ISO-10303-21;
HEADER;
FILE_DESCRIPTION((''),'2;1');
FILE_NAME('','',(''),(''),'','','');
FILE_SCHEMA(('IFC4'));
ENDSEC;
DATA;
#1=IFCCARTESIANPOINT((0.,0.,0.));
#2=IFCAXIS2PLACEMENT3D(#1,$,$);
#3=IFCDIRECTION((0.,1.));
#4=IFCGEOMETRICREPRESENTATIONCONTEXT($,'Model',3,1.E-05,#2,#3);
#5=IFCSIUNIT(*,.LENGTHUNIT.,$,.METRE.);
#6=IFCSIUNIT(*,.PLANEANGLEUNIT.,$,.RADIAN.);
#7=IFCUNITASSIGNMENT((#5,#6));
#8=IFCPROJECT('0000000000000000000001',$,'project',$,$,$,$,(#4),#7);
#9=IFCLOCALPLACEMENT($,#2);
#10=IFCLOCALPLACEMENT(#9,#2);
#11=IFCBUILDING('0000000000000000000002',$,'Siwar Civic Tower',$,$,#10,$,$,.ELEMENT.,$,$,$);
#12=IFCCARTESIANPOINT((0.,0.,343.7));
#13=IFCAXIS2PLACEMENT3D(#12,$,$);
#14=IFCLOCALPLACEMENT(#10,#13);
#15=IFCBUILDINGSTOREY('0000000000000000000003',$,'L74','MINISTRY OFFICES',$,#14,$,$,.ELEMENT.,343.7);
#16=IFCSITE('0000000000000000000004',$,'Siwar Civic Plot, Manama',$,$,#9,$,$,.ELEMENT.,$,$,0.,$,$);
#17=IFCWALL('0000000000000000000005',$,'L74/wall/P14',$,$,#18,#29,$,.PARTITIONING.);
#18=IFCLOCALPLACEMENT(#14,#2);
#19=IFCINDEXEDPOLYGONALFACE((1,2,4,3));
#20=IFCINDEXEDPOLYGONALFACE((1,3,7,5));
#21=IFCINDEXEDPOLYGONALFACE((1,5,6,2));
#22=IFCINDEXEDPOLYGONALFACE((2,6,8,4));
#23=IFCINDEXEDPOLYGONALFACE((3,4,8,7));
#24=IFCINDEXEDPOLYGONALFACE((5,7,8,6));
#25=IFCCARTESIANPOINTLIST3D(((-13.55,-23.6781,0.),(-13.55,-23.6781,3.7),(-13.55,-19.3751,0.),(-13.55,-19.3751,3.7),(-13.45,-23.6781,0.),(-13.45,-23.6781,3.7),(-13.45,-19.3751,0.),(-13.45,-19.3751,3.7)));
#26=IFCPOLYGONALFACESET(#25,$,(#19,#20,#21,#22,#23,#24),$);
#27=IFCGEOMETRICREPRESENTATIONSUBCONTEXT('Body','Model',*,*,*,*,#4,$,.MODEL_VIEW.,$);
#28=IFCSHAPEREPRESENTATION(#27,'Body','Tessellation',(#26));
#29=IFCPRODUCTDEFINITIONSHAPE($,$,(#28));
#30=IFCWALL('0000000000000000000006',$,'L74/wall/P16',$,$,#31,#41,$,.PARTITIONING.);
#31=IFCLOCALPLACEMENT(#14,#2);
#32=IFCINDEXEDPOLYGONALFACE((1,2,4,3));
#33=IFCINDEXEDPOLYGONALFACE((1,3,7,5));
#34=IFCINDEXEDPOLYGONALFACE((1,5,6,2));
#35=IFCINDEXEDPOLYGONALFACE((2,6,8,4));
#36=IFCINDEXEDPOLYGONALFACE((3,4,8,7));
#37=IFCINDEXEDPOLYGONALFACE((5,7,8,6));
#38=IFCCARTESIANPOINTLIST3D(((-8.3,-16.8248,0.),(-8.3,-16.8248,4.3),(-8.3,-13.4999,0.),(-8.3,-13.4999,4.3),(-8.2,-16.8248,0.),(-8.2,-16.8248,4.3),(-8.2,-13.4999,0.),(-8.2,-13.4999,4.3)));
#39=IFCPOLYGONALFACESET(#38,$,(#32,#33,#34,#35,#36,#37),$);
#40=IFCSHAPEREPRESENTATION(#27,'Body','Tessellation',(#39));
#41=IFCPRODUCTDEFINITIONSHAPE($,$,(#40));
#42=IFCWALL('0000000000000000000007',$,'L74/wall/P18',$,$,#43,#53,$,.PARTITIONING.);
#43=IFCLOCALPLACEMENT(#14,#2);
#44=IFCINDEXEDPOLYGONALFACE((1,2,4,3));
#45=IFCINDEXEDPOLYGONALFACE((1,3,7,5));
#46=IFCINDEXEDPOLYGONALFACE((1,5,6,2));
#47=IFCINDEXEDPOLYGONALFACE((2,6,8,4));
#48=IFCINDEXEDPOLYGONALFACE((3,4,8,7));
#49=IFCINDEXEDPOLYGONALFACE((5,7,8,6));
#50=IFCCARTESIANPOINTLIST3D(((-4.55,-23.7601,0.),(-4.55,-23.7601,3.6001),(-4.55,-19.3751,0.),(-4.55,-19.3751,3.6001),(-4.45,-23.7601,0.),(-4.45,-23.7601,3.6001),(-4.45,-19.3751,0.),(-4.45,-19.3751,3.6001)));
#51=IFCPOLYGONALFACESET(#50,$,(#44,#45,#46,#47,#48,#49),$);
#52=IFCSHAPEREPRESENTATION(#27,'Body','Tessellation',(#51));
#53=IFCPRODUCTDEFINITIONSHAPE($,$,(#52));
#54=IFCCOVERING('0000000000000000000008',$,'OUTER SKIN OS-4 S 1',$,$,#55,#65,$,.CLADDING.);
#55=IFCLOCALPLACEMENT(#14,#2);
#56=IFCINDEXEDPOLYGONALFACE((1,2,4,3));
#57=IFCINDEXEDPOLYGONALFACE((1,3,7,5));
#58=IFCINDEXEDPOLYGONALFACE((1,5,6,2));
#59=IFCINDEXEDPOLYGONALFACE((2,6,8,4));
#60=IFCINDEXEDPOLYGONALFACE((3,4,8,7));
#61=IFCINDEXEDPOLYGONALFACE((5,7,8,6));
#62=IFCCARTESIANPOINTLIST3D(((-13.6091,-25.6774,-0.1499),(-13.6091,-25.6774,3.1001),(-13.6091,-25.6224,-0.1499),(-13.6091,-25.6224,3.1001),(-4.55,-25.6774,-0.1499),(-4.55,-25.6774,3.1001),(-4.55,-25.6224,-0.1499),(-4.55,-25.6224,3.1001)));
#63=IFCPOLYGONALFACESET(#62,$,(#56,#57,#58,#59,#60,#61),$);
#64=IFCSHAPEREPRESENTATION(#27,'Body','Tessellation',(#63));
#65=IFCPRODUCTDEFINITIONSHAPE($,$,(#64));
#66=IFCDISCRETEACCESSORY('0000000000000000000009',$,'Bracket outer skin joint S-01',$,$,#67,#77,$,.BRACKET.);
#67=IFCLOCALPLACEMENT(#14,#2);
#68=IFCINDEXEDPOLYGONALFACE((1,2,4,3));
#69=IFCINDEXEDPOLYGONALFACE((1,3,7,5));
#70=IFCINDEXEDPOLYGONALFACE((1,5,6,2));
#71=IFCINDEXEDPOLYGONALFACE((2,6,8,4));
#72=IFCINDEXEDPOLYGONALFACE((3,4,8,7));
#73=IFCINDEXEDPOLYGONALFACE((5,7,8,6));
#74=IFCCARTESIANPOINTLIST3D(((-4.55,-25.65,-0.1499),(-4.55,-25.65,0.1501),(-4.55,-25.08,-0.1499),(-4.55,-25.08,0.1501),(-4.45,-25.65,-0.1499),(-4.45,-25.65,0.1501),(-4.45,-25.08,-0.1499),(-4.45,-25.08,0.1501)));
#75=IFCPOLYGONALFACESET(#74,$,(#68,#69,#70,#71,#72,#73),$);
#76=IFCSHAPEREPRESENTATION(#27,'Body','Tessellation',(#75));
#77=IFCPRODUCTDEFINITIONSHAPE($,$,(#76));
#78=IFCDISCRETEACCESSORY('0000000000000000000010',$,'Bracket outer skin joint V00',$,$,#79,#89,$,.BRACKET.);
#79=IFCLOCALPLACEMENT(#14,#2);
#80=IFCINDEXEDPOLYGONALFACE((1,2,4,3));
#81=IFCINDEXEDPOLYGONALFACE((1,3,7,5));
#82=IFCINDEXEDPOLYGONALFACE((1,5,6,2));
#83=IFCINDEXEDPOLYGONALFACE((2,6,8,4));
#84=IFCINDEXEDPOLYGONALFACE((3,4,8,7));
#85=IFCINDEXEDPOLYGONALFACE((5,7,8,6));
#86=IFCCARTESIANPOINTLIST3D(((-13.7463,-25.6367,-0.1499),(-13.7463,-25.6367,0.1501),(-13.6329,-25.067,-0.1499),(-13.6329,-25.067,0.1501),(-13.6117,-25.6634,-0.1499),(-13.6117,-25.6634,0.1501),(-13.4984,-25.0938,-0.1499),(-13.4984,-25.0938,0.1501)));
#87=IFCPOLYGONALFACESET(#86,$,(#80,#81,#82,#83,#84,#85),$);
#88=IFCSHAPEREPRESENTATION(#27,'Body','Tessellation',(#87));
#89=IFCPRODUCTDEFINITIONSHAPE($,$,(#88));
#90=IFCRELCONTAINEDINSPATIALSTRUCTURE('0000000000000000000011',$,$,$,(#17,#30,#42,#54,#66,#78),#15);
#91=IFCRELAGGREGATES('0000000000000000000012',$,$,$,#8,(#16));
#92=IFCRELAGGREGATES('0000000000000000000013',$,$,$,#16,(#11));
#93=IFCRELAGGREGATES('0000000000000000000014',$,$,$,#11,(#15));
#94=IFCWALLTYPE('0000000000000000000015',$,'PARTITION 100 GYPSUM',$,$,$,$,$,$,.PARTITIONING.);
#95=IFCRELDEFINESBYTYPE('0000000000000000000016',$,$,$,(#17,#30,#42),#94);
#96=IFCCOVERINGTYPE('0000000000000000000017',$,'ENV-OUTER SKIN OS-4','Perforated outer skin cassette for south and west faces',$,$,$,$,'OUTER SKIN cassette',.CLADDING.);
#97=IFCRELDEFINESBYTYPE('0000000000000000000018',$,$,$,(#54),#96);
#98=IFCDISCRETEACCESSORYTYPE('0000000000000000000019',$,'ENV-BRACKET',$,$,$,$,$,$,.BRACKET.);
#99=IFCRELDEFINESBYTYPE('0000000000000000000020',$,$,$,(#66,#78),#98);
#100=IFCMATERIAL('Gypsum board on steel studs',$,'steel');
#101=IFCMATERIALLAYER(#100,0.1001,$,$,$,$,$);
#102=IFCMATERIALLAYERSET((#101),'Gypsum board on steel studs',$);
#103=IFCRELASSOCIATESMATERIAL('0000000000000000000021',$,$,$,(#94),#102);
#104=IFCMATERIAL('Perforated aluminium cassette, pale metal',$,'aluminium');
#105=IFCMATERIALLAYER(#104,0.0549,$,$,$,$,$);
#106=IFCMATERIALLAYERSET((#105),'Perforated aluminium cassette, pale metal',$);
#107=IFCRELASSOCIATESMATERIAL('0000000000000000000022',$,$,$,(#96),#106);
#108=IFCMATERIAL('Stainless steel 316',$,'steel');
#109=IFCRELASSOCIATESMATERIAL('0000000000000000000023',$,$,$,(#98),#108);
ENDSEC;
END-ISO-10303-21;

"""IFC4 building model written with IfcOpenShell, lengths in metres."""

from ifc_helpers import new_model, si_unit, direction, frame, frame_2d, origin, origin_2d, place, context, subcontext, project, spatial, rectangle, extrude, material, layer, layer_set, type_object, element, save


model = new_model("IFC4")

# Units and contexts
model_context = context("Model", 3, precision=1e-05, world=origin(), true_north=direction((0.0, 1.0)))
body_context = subcontext(model_context, "Body", "Model", "MODEL_VIEW")
ifc_project = project(units=[si_unit("LENGTHUNIT", "METRE"), si_unit("PLANEANGLEUNIT", "RADIAN")], contexts=[model_context])

# Site, building, storey
site_placement = place(None, origin())
site = spatial("IfcSite", under=ifc_project, at=site_placement, Name="Siwar Civic Plot, Manama", CompositionType="ELEMENT", RefElevation=0.0)
building_placement = place(site_placement, origin())
building = spatial("IfcBuilding", under=site, at=building_placement, Name="Siwar Civic Tower", CompositionType="ELEMENT")
storey_placement = place(building_placement, frame((0.0, 0.0, 343.7)))
storey = spatial("IfcBuildingStorey", under=building, at=storey_placement, Name="L74", Description="MINISTRY OFFICES", CompositionType="ELEMENT", Elevation=343.7)

# Walls
ifc_material_1 = material(Name="Gypsum board on steel studs", Category="steel")
ifc_layer_1 = layer(ifc_material_1, 0.1001)
ifc_layer_set_1 = layer_set([ifc_layer_1], Name="Gypsum board on steel studs")
wall_type = type_object("IfcWallType", Name="PARTITION 100 GYPSUM", PredefinedType="PARTITIONING", material=ifc_layer_set_1)
wall_1_placement = place(storey_placement, frame((-13.5, -23.678, 0.0), z_axis=(0.0, 0.0, 1.0), x_axis=(0.0, 1.0, 0.0)))
element("IfcWall", 1, at=wall_1_placement, inside=storey, type_object=wall_type, Name="L74/wall/P14", PredefinedType="PARTITIONING", context=body_context, shape_type="SweptSolid", body=[
    extrude(rectangle(XDim=4.303, YDim=0.1001, at=frame_2d((2.1514, 0.0))), origin(), (0.0, 0.0, 1.0), 3.7),
])
wall_2_placement = place(storey_placement, frame((-8.25, -16.825, 0.0), z_axis=(0.0, 0.0, 1.0), x_axis=(0.0, 1.0, 0.0)))
element("IfcWall", 2, at=wall_2_placement, inside=storey, type_object=wall_type, Name="L74/wall/P16", PredefinedType="PARTITIONING", context=body_context, shape_type="SweptSolid", body=[
    extrude(rectangle(XDim=3.325, YDim=0.1001, at=frame_2d((1.6626, 0.0))), origin(), (0.0, 0.0, 1.0), 4.3),
])
wall_3_placement = place(storey_placement, frame((-4.5, -23.76, 0.0), z_axis=(0.0, 0.0, 1.0), x_axis=(0.0, 1.0, 0.0)))
element("IfcWall", 3, at=wall_3_placement, inside=storey, type_object=wall_type, Name="L74/wall/P18", PredefinedType="PARTITIONING", context=body_context, shape_type="SweptSolid", body=[
    extrude(rectangle(XDim=4.385, YDim=0.1001, at=frame_2d((2.1924, 0.0))), origin(), (0.0, 0.0, 1.0), 3.6001),
])

# Covering
ifc_material_2 = material(Name="Perforated aluminium cassette, pale metal", Category="aluminium")
ifc_layer_2 = layer(ifc_material_2, 0.0549)
ifc_layer_set_2 = layer_set([ifc_layer_2], Name="Perforated aluminium cassette, pale metal")
covering_type = type_object("IfcCoveringType", Name="ENV-OUTER SKIN OS-4", Description="Perforated outer skin cassette for south and west faces", ElementType="OUTER SKIN cassette", PredefinedType="CLADDING", material=ifc_layer_set_2)
covering_placement = place(storey_placement, frame((-9.0796, -25.6499, -0.1499), z_axis=(0.0, 0.0, 1.0), x_axis=(1.0, 0.0, 0.0)))
element("IfcCovering", 4, at=covering_placement, inside=storey, type_object=covering_type, Name="OUTER SKIN OS-4 S 1", PredefinedType="CLADDING", context=body_context, shape_type="SweptSolid", body=[
    extrude(rectangle(XDim=9.0591, YDim=0.0549, at=origin_2d()), origin(), (0.0, 0.0, 1.0), 3.25),
])

# Discrete accessories
ifc_material_3 = material(Name="Stainless steel 316", Category="steel")
discrete_accessory_type = type_object("IfcDiscreteAccessoryType", Name="ENV-BRACKET", PredefinedType="BRACKET", material=ifc_material_3)
discrete_accessory_1_placement = place(storey_placement, frame((-4.5, -25.365, -0.1499), z_axis=(0.0, 0.0, 1.0), x_axis=(0.0, -1.0, 0.0)))
element("IfcDiscreteAccessory", 5, at=discrete_accessory_1_placement, inside=storey, type_object=discrete_accessory_type, Name="Bracket outer skin joint S-01", PredefinedType="BRACKET", context=body_context, shape_type="SweptSolid", body=[
    extrude(rectangle(XDim=0.5701, YDim=0.1001, at=origin_2d()), origin(), (0.0, 0.0, 1.0), 0.3),
])
discrete_accessory_2_placement = place(storey_placement, frame((-13.6223, -25.3652, -0.1499), z_axis=(0.0, 0.0, 1.0), x_axis=(-0.19509, -0.980785, 0.0)))
element("IfcDiscreteAccessory", 6, at=discrete_accessory_2_placement, inside=storey, type_object=discrete_accessory_type, Name="Bracket outer skin joint V00", PredefinedType="BRACKET", context=body_context, shape_type="SweptSolid", body=[
    extrude(rectangle(XDim=0.5808, YDim=0.1372, at=origin_2d()), origin(), (0.0, 0.0, 1.0), 0.3),
])

save(model, "model.ifc")
